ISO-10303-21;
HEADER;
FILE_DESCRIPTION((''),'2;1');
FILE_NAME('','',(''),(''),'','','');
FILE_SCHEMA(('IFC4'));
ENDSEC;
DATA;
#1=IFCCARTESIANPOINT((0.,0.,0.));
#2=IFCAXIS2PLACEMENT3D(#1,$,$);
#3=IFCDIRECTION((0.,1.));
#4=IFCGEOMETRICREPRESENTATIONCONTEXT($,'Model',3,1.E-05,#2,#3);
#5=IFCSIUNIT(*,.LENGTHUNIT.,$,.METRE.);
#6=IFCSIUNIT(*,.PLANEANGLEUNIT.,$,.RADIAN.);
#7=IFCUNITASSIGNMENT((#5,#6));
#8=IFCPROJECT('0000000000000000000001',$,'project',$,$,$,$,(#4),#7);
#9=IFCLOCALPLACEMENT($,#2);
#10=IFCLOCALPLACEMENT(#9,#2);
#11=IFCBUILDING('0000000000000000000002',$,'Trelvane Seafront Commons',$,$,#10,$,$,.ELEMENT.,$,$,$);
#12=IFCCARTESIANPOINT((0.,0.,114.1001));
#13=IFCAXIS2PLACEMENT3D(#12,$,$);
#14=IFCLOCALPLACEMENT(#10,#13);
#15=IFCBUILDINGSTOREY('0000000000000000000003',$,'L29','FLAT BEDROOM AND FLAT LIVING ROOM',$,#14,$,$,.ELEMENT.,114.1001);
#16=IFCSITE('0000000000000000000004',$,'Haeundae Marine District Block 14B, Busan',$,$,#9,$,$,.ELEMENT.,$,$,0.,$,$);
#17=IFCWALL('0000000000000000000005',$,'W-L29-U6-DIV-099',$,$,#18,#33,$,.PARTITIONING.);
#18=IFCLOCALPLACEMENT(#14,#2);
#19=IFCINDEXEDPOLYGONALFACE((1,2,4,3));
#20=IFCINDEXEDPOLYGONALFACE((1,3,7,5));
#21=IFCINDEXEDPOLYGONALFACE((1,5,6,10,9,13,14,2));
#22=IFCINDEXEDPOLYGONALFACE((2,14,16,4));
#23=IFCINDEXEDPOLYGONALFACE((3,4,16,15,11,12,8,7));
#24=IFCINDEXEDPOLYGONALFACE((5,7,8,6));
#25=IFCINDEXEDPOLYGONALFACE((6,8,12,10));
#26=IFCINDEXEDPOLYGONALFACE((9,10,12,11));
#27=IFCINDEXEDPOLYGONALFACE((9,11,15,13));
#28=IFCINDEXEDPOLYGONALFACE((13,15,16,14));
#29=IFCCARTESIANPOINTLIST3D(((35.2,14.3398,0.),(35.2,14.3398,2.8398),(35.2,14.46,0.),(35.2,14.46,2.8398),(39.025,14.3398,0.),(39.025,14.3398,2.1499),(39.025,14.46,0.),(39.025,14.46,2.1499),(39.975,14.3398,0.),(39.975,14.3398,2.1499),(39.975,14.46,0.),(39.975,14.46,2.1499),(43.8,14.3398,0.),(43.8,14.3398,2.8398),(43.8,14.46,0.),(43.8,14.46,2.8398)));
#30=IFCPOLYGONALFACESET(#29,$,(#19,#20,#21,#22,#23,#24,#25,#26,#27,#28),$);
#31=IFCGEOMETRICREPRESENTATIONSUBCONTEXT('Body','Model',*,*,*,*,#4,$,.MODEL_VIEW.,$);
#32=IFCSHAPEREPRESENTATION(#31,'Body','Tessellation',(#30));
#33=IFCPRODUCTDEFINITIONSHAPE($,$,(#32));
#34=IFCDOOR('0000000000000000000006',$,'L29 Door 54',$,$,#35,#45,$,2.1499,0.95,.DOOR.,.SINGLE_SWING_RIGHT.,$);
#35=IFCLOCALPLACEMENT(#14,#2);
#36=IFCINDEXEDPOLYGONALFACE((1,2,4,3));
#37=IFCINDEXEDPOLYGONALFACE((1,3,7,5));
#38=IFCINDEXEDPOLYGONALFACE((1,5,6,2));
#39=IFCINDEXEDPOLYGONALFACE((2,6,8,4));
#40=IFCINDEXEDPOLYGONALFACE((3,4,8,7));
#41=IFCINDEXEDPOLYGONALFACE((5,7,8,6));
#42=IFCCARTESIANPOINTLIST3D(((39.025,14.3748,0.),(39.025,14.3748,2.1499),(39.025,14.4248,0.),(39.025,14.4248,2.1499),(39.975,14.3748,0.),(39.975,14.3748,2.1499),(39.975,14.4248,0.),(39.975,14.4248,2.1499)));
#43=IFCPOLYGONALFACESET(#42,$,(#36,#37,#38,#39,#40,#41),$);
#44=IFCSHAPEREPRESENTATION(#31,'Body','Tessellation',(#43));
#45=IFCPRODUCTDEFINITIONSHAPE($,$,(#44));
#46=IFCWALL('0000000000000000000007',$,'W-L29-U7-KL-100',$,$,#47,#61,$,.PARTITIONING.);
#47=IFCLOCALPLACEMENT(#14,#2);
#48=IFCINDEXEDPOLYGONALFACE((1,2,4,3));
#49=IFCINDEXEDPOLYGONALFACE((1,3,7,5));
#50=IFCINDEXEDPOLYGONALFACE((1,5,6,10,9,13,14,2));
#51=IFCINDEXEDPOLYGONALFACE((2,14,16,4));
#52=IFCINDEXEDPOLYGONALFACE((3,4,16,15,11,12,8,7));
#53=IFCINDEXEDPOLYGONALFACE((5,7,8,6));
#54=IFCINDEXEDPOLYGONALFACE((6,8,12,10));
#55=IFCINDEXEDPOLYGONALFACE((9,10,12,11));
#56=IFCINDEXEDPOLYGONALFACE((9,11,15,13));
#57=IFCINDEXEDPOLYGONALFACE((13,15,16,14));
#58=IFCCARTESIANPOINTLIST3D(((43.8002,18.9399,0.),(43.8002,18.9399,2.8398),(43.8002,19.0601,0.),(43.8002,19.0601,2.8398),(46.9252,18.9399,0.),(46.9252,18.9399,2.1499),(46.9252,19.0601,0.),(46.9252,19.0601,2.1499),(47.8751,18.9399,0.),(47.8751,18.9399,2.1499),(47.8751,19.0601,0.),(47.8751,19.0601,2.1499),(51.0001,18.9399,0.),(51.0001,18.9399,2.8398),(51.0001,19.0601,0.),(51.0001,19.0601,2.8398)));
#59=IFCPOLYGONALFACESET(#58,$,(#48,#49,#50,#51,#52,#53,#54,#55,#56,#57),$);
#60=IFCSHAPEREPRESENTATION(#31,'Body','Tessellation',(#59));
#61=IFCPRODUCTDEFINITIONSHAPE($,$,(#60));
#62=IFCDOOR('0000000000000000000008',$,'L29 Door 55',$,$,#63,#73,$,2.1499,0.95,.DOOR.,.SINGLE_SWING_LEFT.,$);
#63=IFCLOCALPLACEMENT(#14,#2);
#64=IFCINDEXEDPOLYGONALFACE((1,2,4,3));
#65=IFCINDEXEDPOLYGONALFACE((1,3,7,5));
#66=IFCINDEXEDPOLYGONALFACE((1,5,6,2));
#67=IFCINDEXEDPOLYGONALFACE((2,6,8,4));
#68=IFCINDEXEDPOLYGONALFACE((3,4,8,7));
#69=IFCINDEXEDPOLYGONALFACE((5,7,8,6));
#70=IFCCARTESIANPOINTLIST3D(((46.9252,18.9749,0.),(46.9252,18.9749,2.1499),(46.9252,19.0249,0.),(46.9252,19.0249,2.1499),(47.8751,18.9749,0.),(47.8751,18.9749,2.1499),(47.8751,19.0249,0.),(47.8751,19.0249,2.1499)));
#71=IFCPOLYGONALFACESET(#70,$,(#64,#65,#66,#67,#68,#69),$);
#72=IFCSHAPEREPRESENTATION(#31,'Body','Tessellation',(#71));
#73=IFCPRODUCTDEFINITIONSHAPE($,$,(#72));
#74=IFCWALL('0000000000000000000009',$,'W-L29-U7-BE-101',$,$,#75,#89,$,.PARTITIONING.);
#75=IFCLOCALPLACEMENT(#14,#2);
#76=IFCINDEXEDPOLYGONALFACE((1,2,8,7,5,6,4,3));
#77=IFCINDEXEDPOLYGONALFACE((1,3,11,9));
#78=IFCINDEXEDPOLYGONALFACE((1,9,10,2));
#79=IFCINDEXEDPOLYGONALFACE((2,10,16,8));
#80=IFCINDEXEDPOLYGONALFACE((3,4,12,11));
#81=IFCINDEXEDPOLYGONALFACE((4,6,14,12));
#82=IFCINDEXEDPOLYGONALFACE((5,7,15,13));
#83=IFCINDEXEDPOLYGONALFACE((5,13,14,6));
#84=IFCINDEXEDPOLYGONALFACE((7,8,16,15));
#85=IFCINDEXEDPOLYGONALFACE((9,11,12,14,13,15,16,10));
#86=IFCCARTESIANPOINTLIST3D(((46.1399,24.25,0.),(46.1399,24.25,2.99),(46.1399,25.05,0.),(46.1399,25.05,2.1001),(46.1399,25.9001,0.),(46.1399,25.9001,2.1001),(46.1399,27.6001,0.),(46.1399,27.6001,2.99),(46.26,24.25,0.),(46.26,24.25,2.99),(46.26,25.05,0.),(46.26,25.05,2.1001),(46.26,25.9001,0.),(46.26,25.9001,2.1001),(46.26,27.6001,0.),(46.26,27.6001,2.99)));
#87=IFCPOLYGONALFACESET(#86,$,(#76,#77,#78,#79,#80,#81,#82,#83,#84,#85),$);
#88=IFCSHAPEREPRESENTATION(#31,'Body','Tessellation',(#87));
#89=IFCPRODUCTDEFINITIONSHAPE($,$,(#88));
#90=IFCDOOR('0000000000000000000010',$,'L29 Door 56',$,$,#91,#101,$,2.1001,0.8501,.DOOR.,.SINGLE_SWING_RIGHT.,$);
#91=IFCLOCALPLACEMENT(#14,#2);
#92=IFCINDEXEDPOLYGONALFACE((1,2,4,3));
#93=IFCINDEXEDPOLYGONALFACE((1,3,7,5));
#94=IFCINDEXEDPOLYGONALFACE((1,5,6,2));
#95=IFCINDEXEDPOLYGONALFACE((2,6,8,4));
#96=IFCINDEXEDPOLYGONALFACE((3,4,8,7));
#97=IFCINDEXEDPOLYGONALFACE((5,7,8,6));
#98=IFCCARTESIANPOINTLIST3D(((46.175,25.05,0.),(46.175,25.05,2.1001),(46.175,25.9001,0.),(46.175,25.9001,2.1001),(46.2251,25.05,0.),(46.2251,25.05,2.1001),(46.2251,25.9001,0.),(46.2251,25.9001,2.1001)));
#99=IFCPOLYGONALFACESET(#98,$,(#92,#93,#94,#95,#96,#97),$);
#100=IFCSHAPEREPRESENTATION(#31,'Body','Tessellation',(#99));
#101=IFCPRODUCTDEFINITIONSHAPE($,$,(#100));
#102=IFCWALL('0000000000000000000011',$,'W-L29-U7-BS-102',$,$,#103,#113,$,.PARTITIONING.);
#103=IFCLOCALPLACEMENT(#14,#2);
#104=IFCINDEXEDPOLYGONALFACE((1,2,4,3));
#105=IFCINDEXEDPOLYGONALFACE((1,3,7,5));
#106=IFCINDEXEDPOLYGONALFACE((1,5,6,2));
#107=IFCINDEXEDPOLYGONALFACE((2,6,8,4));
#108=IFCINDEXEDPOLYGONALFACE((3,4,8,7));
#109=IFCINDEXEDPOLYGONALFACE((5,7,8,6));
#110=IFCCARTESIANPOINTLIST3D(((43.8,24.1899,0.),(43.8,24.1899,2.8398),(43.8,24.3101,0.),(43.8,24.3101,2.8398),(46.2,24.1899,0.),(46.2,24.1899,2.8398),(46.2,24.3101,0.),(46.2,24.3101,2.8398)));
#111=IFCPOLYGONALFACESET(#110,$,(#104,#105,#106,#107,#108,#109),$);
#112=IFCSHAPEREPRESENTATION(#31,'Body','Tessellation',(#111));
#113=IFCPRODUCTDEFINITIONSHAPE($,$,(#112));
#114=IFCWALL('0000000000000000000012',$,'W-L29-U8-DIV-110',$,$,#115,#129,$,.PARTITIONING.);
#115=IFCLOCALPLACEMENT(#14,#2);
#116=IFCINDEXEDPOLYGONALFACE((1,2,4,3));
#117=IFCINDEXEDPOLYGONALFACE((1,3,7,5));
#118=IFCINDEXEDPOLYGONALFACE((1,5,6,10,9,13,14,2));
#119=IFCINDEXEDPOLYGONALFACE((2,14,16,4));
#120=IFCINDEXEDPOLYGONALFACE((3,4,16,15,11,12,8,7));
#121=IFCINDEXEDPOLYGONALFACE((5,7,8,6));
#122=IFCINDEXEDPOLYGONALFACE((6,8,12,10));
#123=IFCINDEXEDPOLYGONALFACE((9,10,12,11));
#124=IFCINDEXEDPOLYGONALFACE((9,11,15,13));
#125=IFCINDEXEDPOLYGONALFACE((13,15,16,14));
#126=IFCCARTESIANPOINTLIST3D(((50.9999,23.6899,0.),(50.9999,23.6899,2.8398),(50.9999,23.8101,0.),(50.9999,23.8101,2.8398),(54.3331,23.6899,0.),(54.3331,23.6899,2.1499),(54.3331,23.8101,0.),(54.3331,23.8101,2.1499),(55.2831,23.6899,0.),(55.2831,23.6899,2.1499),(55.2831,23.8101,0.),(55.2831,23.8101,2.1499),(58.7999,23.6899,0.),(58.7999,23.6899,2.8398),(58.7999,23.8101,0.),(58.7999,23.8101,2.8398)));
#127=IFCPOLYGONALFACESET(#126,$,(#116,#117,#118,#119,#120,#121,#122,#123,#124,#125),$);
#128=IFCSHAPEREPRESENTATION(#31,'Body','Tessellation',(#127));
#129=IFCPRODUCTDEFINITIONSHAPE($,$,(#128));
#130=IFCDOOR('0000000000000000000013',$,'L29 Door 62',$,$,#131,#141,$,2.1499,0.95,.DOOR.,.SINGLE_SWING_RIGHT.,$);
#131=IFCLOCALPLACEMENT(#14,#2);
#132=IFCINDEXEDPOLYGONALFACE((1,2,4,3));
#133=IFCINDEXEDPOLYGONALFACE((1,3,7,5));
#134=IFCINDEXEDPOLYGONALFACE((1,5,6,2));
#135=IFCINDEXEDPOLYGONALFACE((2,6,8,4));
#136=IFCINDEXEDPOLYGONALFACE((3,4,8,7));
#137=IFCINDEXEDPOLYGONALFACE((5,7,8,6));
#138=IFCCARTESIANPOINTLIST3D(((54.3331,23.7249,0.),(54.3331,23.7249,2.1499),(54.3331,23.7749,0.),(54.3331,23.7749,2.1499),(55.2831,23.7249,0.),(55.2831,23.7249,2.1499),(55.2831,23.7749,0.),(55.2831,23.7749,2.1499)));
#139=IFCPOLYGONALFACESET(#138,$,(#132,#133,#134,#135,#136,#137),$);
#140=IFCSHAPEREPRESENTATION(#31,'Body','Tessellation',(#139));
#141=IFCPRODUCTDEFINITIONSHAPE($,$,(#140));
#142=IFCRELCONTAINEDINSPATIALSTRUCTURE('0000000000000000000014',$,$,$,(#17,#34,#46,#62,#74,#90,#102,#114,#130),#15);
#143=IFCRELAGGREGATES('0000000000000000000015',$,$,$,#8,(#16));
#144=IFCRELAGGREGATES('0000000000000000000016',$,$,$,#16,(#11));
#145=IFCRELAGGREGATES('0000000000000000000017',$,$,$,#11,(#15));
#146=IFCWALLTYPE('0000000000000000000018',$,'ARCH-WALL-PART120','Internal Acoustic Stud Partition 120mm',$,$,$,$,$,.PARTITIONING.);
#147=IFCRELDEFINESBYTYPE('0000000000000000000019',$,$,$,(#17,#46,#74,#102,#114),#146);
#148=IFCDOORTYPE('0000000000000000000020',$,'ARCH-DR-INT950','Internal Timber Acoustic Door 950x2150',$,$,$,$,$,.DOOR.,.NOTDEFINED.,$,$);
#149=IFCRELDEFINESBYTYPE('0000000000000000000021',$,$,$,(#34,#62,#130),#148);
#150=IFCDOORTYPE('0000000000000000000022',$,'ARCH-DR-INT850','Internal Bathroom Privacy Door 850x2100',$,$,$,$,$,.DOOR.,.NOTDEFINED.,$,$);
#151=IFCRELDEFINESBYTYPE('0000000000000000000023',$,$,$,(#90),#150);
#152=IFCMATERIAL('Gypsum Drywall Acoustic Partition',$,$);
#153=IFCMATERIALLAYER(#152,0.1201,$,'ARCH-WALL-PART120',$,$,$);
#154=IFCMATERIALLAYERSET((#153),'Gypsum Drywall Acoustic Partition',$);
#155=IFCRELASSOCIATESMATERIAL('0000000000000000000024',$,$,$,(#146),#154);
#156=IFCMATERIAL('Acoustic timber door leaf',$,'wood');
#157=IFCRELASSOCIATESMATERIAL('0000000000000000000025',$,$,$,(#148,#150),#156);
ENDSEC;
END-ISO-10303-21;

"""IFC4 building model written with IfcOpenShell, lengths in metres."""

from ifc_helpers import new_model, si_unit, direction, frame, frame_2d, origin, place, context, subcontext, project, spatial, rectangle, extrude, source, transform, mapped, material, layer, layer_set, type_object, element, fill, save


model = new_model("IFC4")

# Units and contexts
model_context = context("Model", 3, precision=1e-05, world=origin(), true_north=direction((0.0, 1.0)))
body_context = subcontext(model_context, "Body", "Model", "MODEL_VIEW")
ifc_project = project(units=[si_unit("LENGTHUNIT", "METRE"), si_unit("PLANEANGLEUNIT", "RADIAN")], contexts=[model_context])

# Site, building, storey
site_placement = place(None, origin())
site = spatial("IfcSite", under=ifc_project, at=site_placement, Name="Haeundae Marine District Block 14B, Busan", CompositionType="ELEMENT", RefElevation=0.0)
building_placement = place(site_placement, origin())
building = spatial("IfcBuilding", under=site, at=building_placement, Name="Trelvane Seafront Commons", CompositionType="ELEMENT")
storey_placement = place(building_placement, frame((0.0, 0.0, 114.1001)))
storey = spatial("IfcBuildingStorey", under=building, at=storey_placement, Name="L29", Description="FLAT BEDROOM AND FLAT LIVING ROOM", CompositionType="ELEMENT", Elevation=114.1001)

# Walls, openings, doors
ifc_material_1 = material(Name="Gypsum Drywall Acoustic Partition")
ifc_layer = layer(ifc_material_1, 0.1201, Name="ARCH-WALL-PART120")
ifc_layer_set = layer_set([ifc_layer], Name="Gypsum Drywall Acoustic Partition")
wall_type = type_object("IfcWallType", Name="ARCH-WALL-PART120", Description="Internal Acoustic Stud Partition 120mm", PredefinedType="PARTITIONING", material=ifc_layer_set)
wall_1_placement = place(storey_placement, frame((35.2, 14.3999, 0.0), z_axis=(0.0, 0.0, 1.0), x_axis=(1.0, 0.0, 0.0)))
wall_1 = element("IfcWall", 1, at=wall_1_placement, inside=storey, type_object=wall_type, Name="W-L29-U6-DIV-099", PredefinedType="PARTITIONING", context=body_context, shape_type="SweptSolid", body=[
    extrude(rectangle(XDim=8.6001, YDim=0.1201, at=frame_2d((4.3, 0.0))), origin(), (0.0, 0.0, 1.0), 2.8398),
])
opening_1_placement = place(wall_1_placement, frame((3.825, 0.0, 0.0)))
opening_1 = element("IfcOpeningElement", 2, at=opening_1_placement, cuts=wall_1, PredefinedType="OPENING", context=body_context, shape_type="SweptSolid", body=[
    extrude(rectangle(XDim=0.95, YDim=2.1499, at=frame_2d((0.4751, 1.075))), frame((0.0, 0.0701, 0.0), z_axis=(0.0, -1.0, 0.0), x_axis=(1.0, 0.0, 0.0)), (0.0, 0.0, 1.0), 0.1401),
])
ifc_material_2 = material(Name="Acoustic timber door leaf", Category="wood")
door_type_1 = type_object("IfcDoorType", Name="ARCH-DR-INT950", Description="Internal Timber Acoustic Door 950x2150", OperationType="NOTDEFINED", PredefinedType="DOOR", material=ifc_material_2)
shared_shape_1 = source(origin(), body_context, "Body", "SweptSolid", [
    extrude(rectangle(XDim=0.95, YDim=2.1499, at=frame_2d((0.4751, 1.075))), frame((0.0, 0.0249, 0.0), z_axis=(0.0, -1.0, 0.0), x_axis=(1.0, 0.0, 0.0)), (0.0, 0.0, 1.0), 0.05),
])
door_1_placement = place(opening_1_placement, origin())
door_1 = element("IfcDoor", 3, at=door_1_placement, inside=storey, type_object=door_type_1, Name="L29 Door 54", OperationType="SINGLE_SWING_RIGHT", OverallHeight=2.1499, OverallWidth=0.95, PredefinedType="DOOR", context=body_context, shape_type="MappedRepresentation", body=[
    mapped(shared_shape_1, transform((0.0, 0.0, 0.0), x_axis=(1.0, 0.0, 0.0), y_axis=(0.0, 1.0, 0.0), z_axis=(0.0, 0.0, 1.0), scale=1.0)),
])
fill(opening_1, door_1)
wall_2_placement = place(storey_placement, frame((43.8, 19.0, 0.0), z_axis=(0.0, 0.0, 1.0), x_axis=(1.0, 0.0, 0.0)))
wall_2 = element("IfcWall", 4, at=wall_2_placement, inside=storey, type_object=wall_type, Name="W-L29-U7-KL-100", PredefinedType="PARTITIONING", context=body_context, shape_type="SweptSolid", body=[
    extrude(rectangle(XDim=7.2, YDim=0.1201, at=frame_2d((3.6001, 0.0))), origin(), (0.0, 0.0, 1.0), 2.8398),
])
opening_2_placement = place(wall_2_placement, frame((3.125, 0.0, 0.0)))
opening_2 = element("IfcOpeningElement", 5, at=opening_2_placement, cuts=wall_2, PredefinedType="OPENING", context=body_context, shape_type="SweptSolid", body=[
    extrude(rectangle(XDim=0.95, YDim=2.1499, at=frame_2d((0.4751, 1.075))), frame((0.0, 0.0701, 0.0), z_axis=(0.0, -1.0, 0.0), x_axis=(1.0, 0.0, 0.0)), (0.0, 0.0, 1.0), 0.1401),
])
door_2_placement = place(opening_2_placement, origin())
door_2 = element("IfcDoor", 6, at=door_2_placement, inside=storey, type_object=door_type_1, Name="L29 Door 55", OperationType="SINGLE_SWING_LEFT", OverallHeight=2.1499, OverallWidth=0.95, PredefinedType="DOOR", context=body_context, shape_type="MappedRepresentation", body=[
    mapped(shared_shape_1, transform((0.0, 0.0, 0.0), x_axis=(1.0, 0.0, 0.0), y_axis=(0.0, 1.0, 0.0), z_axis=(0.0, 0.0, 1.0), scale=1.0)),
])
fill(opening_2, door_2)
wall_3_placement = place(storey_placement, frame((46.2, 24.25, 0.0), z_axis=(0.0, 0.0, 1.0), x_axis=(0.0, 1.0, 0.0)))
wall_3 = element("IfcWall", 7, at=wall_3_placement, inside=storey, type_object=wall_type, Name="W-L29-U7-BE-101", PredefinedType="PARTITIONING", context=body_context, shape_type="SweptSolid", body=[
    extrude(rectangle(XDim=3.3501, YDim=0.1201, at=frame_2d((1.675, 0.0))), origin(), (0.0, 0.0, 1.0), 2.99),
])
opening_3_placement = place(wall_3_placement, frame((0.8, 0.0, 0.0)))
opening_3 = element("IfcOpeningElement", 8, at=opening_3_placement, cuts=wall_3, PredefinedType="OPENING", context=body_context, shape_type="SweptSolid", body=[
    extrude(rectangle(XDim=0.8501, YDim=2.1001, at=frame_2d((0.425, 1.05))), frame((0.0, 0.0701, 0.0), z_axis=(0.0, -1.0, 0.0), x_axis=(1.0, 0.0, 0.0)), (0.0, 0.0, 1.0), 0.1401),
])
door_type_2 = type_object("IfcDoorType", Name="ARCH-DR-INT850", Description="Internal Bathroom Privacy Door 850x2100", OperationType="NOTDEFINED", PredefinedType="DOOR", material=ifc_material_2)
shared_shape_2 = source(origin(), body_context, "Body", "SweptSolid", [
    extrude(rectangle(XDim=0.8501, YDim=2.1001, at=frame_2d((0.425, 1.05))), frame((0.0, 0.0249, 0.0), z_axis=(0.0, -1.0, 0.0), x_axis=(1.0, 0.0, 0.0)), (0.0, 0.0, 1.0), 0.05),
])
door_3_placement = place(opening_3_placement, origin())
door_3 = element("IfcDoor", 9, at=door_3_placement, inside=storey, type_object=door_type_2, Name="L29 Door 56", OperationType="SINGLE_SWING_RIGHT", OverallHeight=2.1001, OverallWidth=0.8501, PredefinedType="DOOR", context=body_context, shape_type="MappedRepresentation", body=[
    mapped(shared_shape_2, transform((0.0, 0.0, 0.0), x_axis=(1.0, 0.0, 0.0), y_axis=(0.0, 1.0, 0.0), z_axis=(0.0, 0.0, 1.0), scale=1.0)),
])
fill(opening_3, door_3)

# Wall
wall_4_placement = place(storey_placement, frame((43.8, 24.25, 0.0), z_axis=(0.0, 0.0, 1.0), x_axis=(1.0, 0.0, 0.0)))
element("IfcWall", 10, at=wall_4_placement, inside=storey, type_object=wall_type, Name="W-L29-U7-BS-102", PredefinedType="PARTITIONING", context=body_context, shape_type="SweptSolid", body=[
    extrude(rectangle(XDim=2.3999, YDim=0.1201, at=frame_2d((1.2, 0.0))), origin(), (0.0, 0.0, 1.0), 2.8398),
])

# Wall, opening, door
wall_5_placement = place(storey_placement, frame((51.0, 23.75, 0.0), z_axis=(0.0, 0.0, 1.0), x_axis=(1.0, 0.0, 0.0)))
wall_5 = element("IfcWall", 11, at=wall_5_placement, inside=storey, type_object=wall_type, Name="W-L29-U8-DIV-110", PredefinedType="PARTITIONING", context=body_context, shape_type="SweptSolid", body=[
    extrude(rectangle(XDim=7.8, YDim=0.1201, at=frame_2d((3.8999, 0.0))), origin(), (0.0, 0.0, 1.0), 2.8398),
])
opening_4_placement = place(wall_5_placement, frame((3.333, 0.0, 0.0)))
opening_4 = element("IfcOpeningElement", 12, at=opening_4_placement, cuts=wall_5, PredefinedType="OPENING", context=body_context, shape_type="SweptSolid", body=[
    extrude(rectangle(XDim=0.95, YDim=2.1499, at=frame_2d((0.4751, 1.075))), frame((0.0, 0.0701, 0.0), z_axis=(0.0, -1.0, 0.0), x_axis=(1.0, 0.0, 0.0)), (0.0, 0.0, 1.0), 0.1401),
])
door_4_placement = place(opening_4_placement, origin())
door_4 = element("IfcDoor", 13, at=door_4_placement, inside=storey, type_object=door_type_1, Name="L29 Door 62", OperationType="SINGLE_SWING_RIGHT", OverallHeight=2.1499, OverallWidth=0.95, PredefinedType="DOOR", context=body_context, shape_type="MappedRepresentation", body=[
    mapped(shared_shape_1, transform((0.0, 0.0, 0.0), x_axis=(1.0, 0.0, 0.0), y_axis=(0.0, 1.0, 0.0), z_axis=(0.0, 0.0, 1.0), scale=1.0)),
])
fill(opening_4, door_4)

save(model, "model.ifc")
